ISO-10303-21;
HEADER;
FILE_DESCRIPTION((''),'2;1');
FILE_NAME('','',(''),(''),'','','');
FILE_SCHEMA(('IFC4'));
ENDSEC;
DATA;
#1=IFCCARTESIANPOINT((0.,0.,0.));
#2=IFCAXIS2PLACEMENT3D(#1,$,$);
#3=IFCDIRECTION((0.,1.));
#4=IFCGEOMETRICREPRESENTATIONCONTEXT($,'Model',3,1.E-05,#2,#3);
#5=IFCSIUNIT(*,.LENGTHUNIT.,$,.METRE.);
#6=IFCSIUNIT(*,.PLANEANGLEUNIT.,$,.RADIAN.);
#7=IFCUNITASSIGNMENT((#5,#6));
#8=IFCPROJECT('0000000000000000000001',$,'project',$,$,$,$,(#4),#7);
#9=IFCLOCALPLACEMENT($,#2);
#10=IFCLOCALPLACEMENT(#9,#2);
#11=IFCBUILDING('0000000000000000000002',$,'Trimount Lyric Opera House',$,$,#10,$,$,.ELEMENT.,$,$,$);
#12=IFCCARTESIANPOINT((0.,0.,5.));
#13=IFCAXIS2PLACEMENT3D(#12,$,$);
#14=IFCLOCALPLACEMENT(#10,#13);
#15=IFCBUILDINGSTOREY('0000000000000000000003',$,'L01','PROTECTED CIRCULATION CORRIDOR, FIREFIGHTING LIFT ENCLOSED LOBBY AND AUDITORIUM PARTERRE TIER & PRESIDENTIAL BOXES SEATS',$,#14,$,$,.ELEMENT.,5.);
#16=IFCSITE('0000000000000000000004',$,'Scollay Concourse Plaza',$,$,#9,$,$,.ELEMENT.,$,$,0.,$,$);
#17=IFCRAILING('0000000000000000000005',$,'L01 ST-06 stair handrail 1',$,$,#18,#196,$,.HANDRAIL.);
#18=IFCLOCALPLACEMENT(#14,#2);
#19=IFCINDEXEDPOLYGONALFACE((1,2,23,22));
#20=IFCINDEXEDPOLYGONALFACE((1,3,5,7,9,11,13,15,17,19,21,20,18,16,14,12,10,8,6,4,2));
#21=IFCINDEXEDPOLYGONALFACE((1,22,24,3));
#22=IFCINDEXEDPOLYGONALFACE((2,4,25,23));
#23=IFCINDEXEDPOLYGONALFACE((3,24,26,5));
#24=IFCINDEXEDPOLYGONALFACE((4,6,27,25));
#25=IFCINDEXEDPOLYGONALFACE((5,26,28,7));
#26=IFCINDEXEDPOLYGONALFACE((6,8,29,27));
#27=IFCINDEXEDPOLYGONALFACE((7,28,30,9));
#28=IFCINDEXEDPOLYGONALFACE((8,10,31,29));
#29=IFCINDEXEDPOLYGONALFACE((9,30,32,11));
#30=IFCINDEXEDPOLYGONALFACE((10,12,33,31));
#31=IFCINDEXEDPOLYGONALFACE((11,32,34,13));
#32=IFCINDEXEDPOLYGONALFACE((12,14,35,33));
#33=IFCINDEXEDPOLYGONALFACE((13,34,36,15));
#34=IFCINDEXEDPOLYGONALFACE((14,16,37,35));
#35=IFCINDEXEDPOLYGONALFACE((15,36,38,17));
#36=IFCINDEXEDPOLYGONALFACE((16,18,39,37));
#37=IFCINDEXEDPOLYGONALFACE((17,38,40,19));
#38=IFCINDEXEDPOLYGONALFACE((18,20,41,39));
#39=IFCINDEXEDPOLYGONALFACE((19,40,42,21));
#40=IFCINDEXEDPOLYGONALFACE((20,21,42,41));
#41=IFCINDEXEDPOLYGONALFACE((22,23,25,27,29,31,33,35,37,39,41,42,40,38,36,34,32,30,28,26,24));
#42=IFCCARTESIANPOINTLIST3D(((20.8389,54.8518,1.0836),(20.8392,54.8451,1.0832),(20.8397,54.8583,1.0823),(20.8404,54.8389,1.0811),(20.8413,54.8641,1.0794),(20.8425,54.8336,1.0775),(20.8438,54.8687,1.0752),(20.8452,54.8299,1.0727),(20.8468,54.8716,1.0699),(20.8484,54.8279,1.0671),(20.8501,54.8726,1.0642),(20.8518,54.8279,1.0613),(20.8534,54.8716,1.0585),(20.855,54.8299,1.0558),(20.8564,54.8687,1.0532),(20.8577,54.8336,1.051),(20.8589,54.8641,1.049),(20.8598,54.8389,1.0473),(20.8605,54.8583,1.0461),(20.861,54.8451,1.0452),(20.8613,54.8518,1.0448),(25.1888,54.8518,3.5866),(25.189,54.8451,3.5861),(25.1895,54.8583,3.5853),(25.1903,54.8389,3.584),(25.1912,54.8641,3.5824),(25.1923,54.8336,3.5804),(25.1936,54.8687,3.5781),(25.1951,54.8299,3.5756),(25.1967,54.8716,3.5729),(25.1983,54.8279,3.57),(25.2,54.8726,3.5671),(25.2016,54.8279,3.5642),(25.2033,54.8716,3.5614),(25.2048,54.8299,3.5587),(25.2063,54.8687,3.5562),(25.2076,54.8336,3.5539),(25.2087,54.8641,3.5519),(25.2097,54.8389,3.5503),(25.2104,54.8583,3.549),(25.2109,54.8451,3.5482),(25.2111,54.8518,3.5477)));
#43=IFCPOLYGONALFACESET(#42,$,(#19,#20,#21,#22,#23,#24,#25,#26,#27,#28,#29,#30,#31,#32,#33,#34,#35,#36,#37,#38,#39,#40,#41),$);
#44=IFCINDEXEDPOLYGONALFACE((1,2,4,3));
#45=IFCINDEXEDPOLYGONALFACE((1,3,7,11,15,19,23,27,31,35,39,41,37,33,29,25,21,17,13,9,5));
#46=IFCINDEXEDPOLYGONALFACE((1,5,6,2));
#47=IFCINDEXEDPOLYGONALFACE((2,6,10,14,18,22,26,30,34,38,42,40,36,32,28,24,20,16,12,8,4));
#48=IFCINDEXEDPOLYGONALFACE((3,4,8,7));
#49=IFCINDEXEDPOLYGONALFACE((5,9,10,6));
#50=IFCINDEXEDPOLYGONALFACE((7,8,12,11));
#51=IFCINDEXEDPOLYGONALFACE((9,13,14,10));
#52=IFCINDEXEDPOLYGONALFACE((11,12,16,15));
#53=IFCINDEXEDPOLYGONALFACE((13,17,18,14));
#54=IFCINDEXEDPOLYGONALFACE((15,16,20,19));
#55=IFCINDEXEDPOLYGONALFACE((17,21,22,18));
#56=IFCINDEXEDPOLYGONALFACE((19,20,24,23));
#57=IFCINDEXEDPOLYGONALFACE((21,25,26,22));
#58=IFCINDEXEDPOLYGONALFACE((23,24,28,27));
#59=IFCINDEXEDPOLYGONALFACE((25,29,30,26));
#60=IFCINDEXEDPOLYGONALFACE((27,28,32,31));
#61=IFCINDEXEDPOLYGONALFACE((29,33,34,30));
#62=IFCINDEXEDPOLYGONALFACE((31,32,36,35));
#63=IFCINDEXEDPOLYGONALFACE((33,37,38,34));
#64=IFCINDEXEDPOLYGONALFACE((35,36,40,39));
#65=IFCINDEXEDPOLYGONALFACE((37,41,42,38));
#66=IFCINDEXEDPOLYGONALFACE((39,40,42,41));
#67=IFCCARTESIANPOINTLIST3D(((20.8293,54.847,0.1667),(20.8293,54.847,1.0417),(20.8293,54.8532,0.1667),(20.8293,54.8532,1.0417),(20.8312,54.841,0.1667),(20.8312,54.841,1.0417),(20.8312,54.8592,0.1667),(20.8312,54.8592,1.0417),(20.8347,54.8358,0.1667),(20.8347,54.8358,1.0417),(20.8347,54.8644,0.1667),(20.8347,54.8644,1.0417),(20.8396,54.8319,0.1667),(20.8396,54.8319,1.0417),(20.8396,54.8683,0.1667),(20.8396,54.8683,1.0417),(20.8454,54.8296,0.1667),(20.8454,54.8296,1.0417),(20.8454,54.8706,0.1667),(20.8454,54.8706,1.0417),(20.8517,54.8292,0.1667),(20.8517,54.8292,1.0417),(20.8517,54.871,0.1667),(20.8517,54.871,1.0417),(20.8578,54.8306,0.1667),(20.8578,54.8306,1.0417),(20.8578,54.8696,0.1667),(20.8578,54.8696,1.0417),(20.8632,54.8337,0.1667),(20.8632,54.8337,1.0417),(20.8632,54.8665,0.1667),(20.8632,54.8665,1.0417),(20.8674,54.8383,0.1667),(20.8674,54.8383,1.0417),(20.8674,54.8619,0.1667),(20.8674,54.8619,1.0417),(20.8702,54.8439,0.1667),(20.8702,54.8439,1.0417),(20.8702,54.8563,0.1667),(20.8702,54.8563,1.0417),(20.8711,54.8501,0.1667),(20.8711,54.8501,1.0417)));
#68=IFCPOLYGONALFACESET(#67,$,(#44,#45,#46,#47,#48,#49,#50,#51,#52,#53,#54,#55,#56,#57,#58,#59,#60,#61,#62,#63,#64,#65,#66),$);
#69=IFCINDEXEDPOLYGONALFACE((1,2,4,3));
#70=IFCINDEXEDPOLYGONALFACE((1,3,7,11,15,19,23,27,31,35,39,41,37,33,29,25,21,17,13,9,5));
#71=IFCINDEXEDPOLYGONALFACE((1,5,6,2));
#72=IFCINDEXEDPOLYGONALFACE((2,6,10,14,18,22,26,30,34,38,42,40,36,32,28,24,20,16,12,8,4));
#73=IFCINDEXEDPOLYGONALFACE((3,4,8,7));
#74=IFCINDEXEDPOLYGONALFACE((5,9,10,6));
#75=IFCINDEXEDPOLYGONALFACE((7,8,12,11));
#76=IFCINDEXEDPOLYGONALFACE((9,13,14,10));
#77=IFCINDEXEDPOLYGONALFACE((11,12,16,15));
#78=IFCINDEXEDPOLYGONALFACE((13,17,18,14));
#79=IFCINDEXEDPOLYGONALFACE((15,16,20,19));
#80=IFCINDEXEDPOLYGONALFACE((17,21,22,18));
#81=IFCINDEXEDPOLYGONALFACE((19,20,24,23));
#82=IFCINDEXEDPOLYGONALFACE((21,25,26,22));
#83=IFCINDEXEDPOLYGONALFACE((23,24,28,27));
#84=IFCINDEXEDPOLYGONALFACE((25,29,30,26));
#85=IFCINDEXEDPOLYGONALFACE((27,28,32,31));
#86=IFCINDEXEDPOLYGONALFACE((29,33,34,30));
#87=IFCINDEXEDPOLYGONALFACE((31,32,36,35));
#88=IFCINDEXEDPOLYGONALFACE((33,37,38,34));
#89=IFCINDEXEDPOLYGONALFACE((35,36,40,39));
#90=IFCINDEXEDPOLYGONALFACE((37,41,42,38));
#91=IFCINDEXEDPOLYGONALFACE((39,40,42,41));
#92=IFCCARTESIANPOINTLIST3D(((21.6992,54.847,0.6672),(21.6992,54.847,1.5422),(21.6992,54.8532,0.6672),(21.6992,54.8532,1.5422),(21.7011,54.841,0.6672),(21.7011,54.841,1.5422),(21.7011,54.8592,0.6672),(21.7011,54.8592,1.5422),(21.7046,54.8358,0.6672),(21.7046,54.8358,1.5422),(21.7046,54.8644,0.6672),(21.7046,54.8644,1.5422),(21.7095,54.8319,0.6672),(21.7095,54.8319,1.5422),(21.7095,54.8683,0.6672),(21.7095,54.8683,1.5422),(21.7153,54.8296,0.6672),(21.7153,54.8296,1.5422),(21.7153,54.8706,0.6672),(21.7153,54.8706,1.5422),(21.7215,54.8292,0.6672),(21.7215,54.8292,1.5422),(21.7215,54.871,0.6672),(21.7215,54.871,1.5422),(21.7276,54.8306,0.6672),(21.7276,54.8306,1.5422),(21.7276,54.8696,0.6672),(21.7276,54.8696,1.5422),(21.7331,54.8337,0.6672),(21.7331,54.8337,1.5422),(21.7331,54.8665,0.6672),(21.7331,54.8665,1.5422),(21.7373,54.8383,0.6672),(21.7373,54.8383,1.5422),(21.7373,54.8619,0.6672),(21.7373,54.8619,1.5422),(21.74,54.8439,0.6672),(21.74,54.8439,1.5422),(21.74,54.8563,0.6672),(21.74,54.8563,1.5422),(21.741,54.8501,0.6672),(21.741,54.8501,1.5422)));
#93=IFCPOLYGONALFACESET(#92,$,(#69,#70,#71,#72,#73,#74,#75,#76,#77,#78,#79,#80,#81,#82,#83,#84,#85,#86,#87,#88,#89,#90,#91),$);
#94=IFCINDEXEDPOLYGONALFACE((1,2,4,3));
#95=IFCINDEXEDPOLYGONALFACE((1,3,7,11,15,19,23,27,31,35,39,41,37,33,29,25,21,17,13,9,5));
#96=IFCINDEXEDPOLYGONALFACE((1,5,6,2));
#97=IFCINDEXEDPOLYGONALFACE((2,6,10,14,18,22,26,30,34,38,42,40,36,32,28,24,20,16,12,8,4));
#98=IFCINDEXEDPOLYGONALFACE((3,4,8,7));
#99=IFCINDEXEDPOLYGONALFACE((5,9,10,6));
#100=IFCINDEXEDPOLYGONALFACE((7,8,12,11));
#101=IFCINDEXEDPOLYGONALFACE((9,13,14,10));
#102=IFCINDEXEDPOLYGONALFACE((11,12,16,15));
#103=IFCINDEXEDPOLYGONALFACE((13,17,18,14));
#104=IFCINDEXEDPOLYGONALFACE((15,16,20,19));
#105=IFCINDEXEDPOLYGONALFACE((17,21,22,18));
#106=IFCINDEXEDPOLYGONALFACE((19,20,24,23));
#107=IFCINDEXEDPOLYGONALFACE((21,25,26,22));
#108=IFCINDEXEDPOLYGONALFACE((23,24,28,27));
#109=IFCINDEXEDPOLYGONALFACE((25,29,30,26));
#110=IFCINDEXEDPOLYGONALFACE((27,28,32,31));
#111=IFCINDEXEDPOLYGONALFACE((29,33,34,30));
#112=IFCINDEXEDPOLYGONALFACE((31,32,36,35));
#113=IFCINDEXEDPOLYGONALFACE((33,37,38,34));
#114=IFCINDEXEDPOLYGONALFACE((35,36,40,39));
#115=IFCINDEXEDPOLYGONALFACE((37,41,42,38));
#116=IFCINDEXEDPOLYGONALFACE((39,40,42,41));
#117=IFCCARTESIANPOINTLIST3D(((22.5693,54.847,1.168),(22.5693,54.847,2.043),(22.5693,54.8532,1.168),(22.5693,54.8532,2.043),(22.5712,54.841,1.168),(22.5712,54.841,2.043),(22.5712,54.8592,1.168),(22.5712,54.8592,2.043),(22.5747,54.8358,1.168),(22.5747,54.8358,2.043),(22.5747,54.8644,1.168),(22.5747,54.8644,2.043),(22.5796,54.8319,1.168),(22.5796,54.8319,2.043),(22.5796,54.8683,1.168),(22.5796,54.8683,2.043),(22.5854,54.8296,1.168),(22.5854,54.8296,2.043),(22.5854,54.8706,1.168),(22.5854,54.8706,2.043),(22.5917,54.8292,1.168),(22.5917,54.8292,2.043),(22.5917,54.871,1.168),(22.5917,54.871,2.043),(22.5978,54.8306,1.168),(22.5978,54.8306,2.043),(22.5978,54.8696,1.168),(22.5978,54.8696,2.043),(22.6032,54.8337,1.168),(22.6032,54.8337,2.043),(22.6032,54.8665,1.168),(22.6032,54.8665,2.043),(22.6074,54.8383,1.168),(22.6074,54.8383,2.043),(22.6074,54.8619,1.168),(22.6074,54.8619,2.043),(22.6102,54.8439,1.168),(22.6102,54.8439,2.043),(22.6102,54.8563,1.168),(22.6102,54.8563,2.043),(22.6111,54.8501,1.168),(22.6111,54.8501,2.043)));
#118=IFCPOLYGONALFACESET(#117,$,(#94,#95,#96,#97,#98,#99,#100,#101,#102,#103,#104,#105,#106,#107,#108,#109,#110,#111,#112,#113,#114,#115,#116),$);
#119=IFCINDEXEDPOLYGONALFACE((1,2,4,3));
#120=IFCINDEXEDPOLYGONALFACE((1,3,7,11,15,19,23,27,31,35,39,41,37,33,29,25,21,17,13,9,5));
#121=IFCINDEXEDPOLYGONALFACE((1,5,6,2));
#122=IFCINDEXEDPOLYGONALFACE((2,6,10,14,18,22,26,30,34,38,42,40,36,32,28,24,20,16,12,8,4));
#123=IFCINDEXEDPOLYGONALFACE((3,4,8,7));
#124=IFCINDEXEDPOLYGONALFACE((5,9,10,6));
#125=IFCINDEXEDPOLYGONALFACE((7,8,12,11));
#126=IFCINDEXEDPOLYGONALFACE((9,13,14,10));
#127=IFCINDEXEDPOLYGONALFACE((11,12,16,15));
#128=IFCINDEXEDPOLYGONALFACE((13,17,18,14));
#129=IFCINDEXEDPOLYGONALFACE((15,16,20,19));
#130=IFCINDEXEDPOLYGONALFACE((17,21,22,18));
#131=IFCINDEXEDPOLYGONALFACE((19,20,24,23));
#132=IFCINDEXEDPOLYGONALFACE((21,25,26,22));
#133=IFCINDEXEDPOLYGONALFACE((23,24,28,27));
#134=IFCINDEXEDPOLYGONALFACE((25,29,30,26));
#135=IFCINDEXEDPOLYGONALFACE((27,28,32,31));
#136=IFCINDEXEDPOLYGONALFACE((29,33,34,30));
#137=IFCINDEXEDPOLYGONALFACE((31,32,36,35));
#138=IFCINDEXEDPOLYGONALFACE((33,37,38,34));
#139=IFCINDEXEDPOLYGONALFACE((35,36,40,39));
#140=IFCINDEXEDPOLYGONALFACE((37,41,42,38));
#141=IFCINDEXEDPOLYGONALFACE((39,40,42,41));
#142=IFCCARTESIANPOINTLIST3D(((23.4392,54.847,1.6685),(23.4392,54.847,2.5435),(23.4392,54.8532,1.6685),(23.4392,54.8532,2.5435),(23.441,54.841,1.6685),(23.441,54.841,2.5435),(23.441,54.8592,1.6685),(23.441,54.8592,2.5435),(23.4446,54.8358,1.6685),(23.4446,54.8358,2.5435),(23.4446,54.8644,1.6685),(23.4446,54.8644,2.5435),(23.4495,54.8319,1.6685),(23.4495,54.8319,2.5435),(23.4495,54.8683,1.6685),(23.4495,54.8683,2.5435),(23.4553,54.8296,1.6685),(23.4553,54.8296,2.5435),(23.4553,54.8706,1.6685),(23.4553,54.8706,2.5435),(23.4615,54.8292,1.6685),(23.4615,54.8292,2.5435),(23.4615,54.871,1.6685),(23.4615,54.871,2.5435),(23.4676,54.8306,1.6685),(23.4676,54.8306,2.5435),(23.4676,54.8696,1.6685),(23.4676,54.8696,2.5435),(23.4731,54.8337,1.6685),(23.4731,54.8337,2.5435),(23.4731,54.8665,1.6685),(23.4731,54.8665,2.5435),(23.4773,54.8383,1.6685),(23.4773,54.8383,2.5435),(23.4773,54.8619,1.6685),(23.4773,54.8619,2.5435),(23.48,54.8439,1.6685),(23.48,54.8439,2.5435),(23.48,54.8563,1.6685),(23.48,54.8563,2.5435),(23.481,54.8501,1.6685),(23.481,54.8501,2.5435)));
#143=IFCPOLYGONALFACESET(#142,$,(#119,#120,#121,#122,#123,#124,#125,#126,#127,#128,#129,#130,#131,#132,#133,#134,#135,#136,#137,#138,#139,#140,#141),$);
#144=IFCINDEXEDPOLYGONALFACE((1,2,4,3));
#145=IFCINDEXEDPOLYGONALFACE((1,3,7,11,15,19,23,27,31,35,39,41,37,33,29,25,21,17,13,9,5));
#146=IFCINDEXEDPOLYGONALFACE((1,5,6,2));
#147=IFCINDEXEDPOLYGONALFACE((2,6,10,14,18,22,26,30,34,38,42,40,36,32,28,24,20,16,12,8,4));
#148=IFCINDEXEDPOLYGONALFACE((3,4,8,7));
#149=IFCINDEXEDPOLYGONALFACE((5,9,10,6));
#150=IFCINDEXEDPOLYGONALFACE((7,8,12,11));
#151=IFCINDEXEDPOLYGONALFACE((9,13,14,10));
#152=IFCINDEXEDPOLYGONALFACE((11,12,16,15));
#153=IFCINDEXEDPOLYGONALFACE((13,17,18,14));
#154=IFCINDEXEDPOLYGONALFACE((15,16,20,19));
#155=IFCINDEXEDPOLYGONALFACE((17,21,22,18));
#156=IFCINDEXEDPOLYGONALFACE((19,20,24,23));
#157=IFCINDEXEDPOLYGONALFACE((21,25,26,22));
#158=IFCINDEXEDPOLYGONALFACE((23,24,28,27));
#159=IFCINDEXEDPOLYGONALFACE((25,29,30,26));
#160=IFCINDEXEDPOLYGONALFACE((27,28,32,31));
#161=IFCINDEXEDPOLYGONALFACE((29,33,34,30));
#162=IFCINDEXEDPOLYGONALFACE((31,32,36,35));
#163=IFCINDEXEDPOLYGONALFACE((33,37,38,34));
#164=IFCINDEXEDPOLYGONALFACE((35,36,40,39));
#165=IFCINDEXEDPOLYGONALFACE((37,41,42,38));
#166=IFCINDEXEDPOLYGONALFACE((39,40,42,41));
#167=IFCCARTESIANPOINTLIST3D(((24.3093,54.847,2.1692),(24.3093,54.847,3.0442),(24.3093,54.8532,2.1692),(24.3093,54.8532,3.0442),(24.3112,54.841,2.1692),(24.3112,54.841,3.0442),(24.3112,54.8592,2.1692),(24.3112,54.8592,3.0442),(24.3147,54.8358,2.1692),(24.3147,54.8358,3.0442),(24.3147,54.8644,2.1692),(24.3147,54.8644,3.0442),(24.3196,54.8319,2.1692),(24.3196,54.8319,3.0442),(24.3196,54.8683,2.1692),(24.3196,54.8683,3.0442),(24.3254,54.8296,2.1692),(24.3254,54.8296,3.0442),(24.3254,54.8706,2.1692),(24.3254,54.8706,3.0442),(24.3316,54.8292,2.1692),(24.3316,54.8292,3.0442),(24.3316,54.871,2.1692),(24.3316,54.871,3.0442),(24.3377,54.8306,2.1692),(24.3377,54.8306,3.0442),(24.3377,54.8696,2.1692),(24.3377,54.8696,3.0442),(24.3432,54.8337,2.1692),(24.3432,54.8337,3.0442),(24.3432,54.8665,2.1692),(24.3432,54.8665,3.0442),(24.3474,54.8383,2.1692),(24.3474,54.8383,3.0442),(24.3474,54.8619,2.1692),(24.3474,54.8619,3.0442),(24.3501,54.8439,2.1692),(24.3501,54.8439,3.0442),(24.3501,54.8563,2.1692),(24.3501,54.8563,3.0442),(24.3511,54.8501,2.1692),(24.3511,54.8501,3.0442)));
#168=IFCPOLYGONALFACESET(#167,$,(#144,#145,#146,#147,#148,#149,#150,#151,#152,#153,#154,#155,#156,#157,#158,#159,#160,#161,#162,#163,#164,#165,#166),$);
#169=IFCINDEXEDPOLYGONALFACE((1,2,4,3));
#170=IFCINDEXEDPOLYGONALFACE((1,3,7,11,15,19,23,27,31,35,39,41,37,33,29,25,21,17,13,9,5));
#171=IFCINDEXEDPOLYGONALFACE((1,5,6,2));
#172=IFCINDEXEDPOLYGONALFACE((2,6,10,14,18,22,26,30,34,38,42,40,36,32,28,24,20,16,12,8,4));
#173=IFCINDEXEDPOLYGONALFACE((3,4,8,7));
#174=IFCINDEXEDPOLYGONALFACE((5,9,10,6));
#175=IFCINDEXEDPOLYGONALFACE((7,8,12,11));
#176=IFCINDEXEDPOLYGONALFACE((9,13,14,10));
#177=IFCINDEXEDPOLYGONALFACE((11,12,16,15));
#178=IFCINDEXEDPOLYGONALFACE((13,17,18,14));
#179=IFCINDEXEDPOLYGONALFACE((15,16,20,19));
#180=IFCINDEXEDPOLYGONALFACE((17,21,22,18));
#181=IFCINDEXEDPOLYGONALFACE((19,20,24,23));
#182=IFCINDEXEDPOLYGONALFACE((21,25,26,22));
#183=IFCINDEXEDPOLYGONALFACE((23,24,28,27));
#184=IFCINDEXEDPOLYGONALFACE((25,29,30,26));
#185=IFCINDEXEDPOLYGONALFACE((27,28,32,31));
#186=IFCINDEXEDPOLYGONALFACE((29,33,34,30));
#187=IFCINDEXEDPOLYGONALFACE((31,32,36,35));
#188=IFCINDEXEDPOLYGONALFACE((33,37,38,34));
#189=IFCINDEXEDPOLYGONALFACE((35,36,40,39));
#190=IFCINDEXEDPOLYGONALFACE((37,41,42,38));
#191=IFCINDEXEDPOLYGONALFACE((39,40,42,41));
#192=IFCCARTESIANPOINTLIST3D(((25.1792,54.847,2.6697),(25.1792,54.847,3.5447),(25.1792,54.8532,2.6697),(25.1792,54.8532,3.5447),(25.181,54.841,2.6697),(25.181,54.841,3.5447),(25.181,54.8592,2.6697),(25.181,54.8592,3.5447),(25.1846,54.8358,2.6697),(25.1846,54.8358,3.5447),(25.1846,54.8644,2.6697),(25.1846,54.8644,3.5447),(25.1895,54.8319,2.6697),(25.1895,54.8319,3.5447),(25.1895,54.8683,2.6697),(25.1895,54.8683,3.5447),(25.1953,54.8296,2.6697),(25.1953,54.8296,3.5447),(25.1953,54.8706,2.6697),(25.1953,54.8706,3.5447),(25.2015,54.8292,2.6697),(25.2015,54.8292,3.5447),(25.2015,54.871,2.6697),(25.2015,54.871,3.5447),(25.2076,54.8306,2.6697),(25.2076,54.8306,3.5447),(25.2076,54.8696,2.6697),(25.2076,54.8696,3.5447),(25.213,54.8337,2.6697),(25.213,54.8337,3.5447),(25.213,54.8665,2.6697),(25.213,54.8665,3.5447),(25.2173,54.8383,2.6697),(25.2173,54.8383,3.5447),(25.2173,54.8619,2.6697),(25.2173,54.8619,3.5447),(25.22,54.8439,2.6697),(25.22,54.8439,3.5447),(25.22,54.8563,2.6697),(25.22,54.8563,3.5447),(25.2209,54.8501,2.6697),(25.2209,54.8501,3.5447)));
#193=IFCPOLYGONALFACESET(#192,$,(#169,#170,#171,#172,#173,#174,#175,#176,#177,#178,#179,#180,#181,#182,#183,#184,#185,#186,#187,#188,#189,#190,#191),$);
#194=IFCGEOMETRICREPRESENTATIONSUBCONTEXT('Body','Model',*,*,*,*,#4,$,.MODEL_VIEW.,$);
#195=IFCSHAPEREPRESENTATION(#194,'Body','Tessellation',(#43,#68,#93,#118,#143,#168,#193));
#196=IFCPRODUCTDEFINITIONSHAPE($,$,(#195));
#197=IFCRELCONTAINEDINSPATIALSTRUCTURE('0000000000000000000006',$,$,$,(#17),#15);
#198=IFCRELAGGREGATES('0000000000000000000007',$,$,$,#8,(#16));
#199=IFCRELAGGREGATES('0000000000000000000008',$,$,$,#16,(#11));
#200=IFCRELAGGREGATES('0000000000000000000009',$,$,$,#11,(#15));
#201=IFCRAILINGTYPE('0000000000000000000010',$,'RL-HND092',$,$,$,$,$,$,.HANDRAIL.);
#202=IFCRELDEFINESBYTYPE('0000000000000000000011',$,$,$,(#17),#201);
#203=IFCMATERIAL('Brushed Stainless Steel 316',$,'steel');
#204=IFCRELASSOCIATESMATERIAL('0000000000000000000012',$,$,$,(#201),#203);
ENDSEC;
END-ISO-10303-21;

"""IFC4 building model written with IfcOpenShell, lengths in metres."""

from ifc_helpers import new_model, si_unit, direction, frame, origin, origin_2d, place, context, subcontext, project, spatial, circle, extrude, material, type_object, element, save


model = new_model("IFC4")

# Units and contexts
model_context = context("Model", 3, precision=1e-05, world=origin(), true_north=direction((0.0, 1.0)))
body_context = subcontext(model_context, "Body", "Model", "MODEL_VIEW")
ifc_project = project(units=[si_unit("LENGTHUNIT", "METRE"), si_unit("PLANEANGLEUNIT", "RADIAN")], contexts=[model_context])

# Site, building, storey
site_placement = place(None, origin())
site = spatial("IfcSite", under=ifc_project, at=site_placement, Name="Scollay Concourse Plaza", CompositionType="ELEMENT", RefElevation=0.0)
building_placement = place(site_placement, origin())
building = spatial("IfcBuilding", under=site, at=building_placement, Name="Trimount Lyric Opera House", CompositionType="ELEMENT")
storey_placement = place(building_placement, frame((0.0, 0.0, 5.0)))
storey = spatial("IfcBuildingStorey", under=building, at=storey_placement, Name="L01", Description="PROTECTED CIRCULATION CORRIDOR, FIREFIGHTING LIFT ENCLOSED LOBBY AND AUDITORIUM PARTERRE TIER & PRESIDENTIAL BOXES SEATS", CompositionType="ELEMENT", Elevation=5.0)

# Railing
ifc_material_1 = material(Name="Brushed Stainless Steel 316", Category="steel")
railing_type_1 = type_object("IfcRailingType", Name="RL-HND092", PredefinedType="HANDRAIL", material=ifc_material_1)
railing_1_placement = place(storey_placement, frame((20.8501, 54.8501, 0.1667)))
element("IfcRailing", 1, at=railing_1_placement, inside=storey, type_object=railing_type_1, Name="L01 ST-06 stair handrail 1", PredefinedType="HANDRAIL", context=body_context, shape_type="SweptSolid", body=[
    extrude(circle(Radius=0.0225, at=origin_2d()), frame((0.0, 0.0, 0.8975), z_axis=(0.866754, 0.0, 0.498735), x_axis=(0.0, 1.0, 0.0)), (0.0, 0.0, 1.0), 5.0186),
    extrude(circle(Radius=0.021, at=origin_2d()), origin(), (0.0, 0.0, 1.0), 0.875),
    extrude(circle(Radius=0.021, at=origin_2d()), frame((0.8699, 0.0, 0.5005)), (0.0, 0.0, 1.0), 0.875),
    extrude(circle(Radius=0.021, at=origin_2d()), frame((1.74, 0.0, 1.0012)), (0.0, 0.0, 1.0), 0.875),
    extrude(circle(Radius=0.021, at=origin_2d()), frame((2.6099, 0.0, 1.5017)), (0.0, 0.0, 1.0), 0.875),
    extrude(circle(Radius=0.021, at=origin_2d()), frame((3.48, 0.0, 2.0024)), (0.0, 0.0, 1.0), 0.875),
    extrude(circle(Radius=0.021, at=origin_2d()), frame((4.3499, 0.0, 2.5029)), (0.0, 0.0, 1.0), 0.875),
])

save(model, "model.ifc")
